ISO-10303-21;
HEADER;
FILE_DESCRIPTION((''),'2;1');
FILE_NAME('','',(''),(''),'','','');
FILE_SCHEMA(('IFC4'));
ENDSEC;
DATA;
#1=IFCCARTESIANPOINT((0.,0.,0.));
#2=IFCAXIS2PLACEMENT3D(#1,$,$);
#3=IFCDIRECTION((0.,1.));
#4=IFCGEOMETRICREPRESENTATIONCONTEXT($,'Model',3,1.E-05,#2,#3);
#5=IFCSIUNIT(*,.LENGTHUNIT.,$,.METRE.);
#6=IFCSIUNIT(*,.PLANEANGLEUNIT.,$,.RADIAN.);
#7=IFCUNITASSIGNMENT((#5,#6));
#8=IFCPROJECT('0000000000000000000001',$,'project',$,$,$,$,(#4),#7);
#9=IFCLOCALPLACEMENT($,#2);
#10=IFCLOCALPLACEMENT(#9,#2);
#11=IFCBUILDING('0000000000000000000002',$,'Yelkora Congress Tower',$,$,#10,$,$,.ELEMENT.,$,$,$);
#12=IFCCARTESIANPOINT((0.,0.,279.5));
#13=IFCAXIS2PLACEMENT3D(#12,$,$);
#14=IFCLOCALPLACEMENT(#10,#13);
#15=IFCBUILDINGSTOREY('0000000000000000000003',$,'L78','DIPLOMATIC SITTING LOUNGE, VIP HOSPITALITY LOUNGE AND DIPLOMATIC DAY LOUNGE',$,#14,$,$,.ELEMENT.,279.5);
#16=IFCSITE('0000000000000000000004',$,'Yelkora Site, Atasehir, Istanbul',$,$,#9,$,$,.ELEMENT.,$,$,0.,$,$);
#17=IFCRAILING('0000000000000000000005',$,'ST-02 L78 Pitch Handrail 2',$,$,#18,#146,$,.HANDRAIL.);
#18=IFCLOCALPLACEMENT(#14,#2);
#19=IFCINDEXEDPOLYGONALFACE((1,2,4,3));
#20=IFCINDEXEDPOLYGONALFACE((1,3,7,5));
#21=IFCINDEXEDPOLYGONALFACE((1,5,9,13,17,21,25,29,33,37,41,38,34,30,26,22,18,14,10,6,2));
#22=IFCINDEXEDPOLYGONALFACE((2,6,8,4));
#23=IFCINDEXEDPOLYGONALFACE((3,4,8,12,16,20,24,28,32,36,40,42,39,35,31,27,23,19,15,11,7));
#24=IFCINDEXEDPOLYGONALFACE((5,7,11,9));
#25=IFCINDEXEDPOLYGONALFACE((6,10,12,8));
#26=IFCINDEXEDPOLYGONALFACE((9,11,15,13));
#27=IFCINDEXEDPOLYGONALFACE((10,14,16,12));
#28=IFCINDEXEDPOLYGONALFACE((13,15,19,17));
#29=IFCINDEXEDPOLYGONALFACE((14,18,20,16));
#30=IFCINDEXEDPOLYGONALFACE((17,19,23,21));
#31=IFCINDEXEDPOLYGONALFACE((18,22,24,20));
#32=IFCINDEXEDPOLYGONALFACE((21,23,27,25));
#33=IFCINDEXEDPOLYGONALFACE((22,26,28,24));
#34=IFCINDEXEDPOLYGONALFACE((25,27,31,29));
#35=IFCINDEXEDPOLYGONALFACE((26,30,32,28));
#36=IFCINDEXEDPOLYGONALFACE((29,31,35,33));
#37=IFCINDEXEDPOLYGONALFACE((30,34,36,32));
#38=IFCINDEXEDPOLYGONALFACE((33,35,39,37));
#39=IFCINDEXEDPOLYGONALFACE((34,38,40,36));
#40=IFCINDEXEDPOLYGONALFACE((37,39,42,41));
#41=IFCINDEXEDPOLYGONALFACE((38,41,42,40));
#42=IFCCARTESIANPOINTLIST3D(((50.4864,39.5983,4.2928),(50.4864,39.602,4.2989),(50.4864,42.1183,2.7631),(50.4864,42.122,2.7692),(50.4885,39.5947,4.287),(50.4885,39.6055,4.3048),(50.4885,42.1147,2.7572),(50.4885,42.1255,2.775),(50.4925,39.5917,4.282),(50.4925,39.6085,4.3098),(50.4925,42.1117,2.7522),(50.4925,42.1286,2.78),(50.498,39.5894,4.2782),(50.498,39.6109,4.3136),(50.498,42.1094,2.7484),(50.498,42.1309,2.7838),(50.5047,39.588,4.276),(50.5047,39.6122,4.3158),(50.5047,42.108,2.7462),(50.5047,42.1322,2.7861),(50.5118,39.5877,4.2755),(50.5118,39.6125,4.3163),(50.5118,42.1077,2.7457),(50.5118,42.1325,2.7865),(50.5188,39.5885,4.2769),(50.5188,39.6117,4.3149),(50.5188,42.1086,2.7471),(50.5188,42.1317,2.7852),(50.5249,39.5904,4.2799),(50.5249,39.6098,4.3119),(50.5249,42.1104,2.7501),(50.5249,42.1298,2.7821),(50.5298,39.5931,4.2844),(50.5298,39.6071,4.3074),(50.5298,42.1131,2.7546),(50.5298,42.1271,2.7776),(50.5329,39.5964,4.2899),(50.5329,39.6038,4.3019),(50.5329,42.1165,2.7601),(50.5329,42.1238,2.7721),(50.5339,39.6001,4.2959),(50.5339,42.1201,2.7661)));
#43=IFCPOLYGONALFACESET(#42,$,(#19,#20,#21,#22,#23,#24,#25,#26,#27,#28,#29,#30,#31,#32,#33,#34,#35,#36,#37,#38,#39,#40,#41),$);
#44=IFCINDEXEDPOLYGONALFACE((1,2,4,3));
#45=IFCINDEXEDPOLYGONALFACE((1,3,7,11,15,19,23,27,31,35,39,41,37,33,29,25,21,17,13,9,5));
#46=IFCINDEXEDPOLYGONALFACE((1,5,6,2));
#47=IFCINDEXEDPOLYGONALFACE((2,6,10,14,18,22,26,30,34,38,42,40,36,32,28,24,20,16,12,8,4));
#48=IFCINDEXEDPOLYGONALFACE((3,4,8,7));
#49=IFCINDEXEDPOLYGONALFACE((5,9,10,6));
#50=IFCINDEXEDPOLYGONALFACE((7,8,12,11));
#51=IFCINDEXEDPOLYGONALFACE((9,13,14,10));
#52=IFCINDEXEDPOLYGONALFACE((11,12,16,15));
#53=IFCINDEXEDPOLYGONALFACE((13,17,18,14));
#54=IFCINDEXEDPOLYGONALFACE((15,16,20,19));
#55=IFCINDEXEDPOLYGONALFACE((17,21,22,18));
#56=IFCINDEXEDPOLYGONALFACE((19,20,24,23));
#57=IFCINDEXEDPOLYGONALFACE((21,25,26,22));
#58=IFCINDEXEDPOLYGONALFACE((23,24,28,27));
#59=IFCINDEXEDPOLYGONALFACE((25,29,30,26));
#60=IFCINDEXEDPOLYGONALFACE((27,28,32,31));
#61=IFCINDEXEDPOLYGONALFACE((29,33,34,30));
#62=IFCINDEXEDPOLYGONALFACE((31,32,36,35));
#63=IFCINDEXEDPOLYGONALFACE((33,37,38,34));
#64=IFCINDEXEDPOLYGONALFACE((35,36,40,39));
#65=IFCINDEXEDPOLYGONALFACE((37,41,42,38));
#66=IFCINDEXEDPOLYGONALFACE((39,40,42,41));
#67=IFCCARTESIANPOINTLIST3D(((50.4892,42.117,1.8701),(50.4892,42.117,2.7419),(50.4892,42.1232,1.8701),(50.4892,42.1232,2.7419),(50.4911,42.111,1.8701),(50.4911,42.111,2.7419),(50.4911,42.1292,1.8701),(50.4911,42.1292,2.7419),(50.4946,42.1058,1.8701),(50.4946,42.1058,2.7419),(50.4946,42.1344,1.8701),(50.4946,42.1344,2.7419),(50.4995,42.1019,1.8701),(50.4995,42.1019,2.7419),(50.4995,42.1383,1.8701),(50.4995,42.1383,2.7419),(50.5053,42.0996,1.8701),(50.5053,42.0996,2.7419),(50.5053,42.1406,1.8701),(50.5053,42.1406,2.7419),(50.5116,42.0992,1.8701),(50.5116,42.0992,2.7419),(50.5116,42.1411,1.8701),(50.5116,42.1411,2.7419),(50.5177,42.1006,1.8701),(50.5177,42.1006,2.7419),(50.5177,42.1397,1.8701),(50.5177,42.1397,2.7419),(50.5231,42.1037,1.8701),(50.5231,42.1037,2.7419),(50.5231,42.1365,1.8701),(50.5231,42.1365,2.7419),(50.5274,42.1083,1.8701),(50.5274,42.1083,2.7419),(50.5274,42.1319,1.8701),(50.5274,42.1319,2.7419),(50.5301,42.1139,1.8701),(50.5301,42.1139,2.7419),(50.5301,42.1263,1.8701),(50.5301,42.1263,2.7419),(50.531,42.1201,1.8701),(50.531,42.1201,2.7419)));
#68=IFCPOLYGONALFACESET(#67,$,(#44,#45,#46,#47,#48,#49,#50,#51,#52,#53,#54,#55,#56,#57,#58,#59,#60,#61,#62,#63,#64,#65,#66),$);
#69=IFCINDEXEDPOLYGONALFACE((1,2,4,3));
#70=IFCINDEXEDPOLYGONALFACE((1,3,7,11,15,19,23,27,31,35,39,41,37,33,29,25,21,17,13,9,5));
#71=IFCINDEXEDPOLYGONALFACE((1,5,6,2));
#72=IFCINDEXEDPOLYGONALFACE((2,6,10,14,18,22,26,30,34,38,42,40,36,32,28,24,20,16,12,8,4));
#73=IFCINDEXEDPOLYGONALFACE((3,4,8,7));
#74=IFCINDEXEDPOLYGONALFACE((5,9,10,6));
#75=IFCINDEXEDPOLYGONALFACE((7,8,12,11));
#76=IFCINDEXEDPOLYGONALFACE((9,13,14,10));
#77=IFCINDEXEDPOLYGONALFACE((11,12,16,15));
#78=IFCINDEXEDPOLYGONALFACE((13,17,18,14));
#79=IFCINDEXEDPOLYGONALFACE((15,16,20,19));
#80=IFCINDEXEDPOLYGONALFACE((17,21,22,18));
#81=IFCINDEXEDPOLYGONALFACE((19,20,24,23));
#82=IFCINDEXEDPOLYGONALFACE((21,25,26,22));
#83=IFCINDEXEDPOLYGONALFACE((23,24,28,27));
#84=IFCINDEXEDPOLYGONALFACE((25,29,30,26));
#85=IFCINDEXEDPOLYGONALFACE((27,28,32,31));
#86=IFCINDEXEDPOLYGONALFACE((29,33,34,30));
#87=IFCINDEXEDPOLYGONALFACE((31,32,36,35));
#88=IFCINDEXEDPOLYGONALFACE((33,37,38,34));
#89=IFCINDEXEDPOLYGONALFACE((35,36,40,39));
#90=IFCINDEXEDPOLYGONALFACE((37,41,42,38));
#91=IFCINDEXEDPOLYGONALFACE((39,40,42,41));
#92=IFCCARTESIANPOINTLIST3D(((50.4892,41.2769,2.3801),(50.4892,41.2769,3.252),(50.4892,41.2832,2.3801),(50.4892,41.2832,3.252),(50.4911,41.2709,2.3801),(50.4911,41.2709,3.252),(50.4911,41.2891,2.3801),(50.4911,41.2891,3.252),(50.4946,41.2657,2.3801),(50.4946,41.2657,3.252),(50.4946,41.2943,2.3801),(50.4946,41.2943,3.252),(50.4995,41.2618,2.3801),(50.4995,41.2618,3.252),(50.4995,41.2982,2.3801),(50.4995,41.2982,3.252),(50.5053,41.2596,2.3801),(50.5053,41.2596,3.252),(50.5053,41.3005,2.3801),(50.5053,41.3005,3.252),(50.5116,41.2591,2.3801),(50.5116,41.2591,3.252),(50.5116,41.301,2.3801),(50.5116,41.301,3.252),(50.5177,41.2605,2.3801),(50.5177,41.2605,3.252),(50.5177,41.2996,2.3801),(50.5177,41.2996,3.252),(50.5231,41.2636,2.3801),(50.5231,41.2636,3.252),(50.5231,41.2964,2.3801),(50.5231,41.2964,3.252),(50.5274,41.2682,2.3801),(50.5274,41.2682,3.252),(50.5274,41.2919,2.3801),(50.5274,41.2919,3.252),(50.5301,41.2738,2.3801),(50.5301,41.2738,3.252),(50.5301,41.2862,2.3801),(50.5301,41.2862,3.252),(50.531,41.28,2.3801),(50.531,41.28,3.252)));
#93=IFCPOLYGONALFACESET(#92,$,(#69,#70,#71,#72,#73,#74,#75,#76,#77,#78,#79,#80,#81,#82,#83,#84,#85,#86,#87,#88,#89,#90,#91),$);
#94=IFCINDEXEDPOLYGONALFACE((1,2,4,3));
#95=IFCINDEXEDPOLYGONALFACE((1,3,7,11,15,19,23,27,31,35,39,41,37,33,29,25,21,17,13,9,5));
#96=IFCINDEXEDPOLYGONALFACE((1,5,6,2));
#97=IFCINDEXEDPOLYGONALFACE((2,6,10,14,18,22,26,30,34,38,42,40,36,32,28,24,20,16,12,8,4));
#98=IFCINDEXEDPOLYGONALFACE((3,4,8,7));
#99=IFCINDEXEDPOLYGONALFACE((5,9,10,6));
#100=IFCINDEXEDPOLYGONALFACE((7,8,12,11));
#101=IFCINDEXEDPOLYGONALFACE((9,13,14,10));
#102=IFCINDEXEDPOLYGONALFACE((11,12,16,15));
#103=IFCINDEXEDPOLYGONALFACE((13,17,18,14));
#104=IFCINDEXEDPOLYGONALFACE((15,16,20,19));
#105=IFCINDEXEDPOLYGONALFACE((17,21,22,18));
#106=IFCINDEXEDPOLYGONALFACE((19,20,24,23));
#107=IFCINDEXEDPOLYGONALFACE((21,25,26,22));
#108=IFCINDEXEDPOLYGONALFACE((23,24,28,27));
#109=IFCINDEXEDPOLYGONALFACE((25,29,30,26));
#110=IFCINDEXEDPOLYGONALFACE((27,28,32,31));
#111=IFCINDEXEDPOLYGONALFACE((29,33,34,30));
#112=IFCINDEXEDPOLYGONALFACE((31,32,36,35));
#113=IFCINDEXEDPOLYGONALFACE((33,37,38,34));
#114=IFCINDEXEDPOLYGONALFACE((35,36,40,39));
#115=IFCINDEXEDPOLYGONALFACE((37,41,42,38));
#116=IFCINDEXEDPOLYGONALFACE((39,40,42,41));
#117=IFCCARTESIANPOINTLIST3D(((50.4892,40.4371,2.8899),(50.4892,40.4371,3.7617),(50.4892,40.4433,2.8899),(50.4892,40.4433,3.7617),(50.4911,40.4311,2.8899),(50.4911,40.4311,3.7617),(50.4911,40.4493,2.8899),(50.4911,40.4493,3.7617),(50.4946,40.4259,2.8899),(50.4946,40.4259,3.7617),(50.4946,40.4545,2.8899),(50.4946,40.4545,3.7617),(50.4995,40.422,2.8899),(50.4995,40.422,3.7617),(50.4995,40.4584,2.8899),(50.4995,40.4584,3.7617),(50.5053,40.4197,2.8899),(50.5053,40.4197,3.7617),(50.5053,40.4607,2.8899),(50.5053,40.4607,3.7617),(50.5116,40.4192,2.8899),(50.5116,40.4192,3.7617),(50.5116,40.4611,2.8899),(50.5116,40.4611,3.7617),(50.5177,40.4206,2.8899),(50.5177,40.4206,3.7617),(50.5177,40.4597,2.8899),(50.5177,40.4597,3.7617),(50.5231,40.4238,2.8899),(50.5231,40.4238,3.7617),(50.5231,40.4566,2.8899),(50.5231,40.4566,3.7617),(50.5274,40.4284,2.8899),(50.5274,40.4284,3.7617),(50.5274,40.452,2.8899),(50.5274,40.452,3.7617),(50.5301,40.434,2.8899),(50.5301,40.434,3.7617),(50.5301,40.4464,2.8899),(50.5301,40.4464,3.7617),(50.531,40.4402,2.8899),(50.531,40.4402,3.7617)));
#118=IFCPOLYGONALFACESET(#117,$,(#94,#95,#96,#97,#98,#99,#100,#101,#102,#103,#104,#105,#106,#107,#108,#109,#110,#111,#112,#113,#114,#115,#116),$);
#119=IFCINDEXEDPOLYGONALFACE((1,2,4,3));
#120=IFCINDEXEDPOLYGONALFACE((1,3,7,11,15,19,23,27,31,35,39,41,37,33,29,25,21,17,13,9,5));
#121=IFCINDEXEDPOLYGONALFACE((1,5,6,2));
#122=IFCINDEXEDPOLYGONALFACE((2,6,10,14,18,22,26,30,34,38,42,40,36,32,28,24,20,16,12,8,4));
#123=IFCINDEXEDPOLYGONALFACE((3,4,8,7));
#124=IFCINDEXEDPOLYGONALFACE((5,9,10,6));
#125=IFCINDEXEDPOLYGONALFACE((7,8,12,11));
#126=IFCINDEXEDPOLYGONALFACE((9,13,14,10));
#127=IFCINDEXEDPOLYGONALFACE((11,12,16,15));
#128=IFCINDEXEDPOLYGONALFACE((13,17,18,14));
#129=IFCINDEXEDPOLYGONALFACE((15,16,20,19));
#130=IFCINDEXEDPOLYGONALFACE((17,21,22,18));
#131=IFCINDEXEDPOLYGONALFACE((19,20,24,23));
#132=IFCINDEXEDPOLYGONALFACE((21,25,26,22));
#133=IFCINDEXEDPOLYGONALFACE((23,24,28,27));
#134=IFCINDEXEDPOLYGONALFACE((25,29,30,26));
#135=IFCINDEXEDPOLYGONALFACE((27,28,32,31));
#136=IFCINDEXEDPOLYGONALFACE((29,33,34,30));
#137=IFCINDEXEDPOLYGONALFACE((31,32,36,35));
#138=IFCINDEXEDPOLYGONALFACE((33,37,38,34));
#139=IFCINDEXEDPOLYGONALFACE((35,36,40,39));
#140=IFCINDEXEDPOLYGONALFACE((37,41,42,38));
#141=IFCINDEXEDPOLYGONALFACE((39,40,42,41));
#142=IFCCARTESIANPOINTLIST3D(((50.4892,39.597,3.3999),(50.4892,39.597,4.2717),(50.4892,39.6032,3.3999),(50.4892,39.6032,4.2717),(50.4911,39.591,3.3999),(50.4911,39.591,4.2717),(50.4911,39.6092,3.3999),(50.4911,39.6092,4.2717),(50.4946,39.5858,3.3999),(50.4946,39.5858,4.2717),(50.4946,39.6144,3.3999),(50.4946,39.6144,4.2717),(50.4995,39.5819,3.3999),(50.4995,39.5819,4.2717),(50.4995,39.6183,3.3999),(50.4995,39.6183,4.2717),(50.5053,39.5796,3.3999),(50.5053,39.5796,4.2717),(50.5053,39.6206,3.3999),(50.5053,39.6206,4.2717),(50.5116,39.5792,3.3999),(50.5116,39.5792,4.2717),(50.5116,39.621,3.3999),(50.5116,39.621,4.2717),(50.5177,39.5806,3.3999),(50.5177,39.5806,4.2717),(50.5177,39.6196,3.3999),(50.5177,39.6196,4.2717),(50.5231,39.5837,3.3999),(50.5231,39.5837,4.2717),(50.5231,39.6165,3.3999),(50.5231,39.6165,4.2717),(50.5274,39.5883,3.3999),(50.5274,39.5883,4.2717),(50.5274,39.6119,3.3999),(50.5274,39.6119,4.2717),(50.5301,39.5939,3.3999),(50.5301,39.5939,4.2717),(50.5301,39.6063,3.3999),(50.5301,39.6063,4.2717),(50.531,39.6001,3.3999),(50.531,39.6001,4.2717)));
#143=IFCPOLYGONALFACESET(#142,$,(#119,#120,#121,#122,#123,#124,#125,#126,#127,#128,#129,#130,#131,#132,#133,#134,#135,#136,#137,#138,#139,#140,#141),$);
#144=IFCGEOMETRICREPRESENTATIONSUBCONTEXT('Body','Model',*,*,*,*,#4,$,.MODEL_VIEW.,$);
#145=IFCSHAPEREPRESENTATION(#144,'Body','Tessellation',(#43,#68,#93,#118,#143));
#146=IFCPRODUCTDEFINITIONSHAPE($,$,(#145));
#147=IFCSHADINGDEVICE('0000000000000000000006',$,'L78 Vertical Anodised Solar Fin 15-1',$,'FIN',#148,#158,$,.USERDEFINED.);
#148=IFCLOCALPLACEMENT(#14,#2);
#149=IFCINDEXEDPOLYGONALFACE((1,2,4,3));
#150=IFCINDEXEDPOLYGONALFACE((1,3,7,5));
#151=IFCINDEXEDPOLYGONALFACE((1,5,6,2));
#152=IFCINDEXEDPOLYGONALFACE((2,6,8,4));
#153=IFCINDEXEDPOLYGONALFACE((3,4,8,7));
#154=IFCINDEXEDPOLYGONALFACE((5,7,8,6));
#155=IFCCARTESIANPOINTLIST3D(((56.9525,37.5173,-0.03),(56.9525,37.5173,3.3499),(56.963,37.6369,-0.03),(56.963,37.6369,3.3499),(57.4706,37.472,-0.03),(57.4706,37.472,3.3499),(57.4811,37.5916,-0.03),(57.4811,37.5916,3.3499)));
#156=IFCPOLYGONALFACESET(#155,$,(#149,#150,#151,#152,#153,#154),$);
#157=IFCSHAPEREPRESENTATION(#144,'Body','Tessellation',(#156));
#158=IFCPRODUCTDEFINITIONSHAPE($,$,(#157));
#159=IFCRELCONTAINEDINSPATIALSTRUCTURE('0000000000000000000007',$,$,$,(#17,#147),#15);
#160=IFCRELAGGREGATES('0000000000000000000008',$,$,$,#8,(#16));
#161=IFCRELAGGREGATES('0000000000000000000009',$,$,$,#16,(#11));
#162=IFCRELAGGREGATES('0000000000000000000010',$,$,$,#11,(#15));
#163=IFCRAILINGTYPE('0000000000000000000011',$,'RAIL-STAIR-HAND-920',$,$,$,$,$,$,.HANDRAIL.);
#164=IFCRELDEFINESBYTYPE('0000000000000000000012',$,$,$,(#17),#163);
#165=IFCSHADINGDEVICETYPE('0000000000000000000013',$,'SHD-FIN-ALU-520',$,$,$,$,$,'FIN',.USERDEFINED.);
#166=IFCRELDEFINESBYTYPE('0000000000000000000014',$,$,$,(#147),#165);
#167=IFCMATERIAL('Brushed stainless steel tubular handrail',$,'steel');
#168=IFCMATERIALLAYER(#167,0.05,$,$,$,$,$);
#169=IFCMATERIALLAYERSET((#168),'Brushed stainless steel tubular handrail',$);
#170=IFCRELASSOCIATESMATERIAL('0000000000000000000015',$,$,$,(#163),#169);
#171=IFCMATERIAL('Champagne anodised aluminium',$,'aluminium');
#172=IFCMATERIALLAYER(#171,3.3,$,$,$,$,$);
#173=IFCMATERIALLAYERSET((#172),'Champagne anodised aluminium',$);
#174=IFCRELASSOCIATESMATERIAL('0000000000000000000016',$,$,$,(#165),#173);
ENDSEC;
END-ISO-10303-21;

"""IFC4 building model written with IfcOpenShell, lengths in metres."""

from ifc_helpers import new_model, si_unit, direction, frame, origin, origin_2d, place, context, subcontext, project, spatial, rectangle, circle, extrude, material, layer, layer_set, type_object, element, save


model = new_model("IFC4")

# Units and contexts
model_context = context("Model", 3, precision=1e-05, world=origin(), true_north=direction((0.0, 1.0)))
body_context = subcontext(model_context, "Body", "Model", "MODEL_VIEW")
ifc_project = project(units=[si_unit("LENGTHUNIT", "METRE"), si_unit("PLANEANGLEUNIT", "RADIAN")], contexts=[model_context])

# Site, building, storey
site_placement = place(None, origin())
site = spatial("IfcSite", under=ifc_project, at=site_placement, Name="Yelkora Site, Atasehir, Istanbul", CompositionType="ELEMENT", RefElevation=0.0)
building_placement = place(site_placement, origin())
building = spatial("IfcBuilding", under=site, at=building_placement, Name="Yelkora Congress Tower", CompositionType="ELEMENT")
storey_placement = place(building_placement, frame((0.0, 0.0, 279.5)))
storey = spatial("IfcBuildingStorey", under=building, at=storey_placement, Name="L78", Description="DIPLOMATIC SITTING LOUNGE, VIP HOSPITALITY LOUNGE AND DIPLOMATIC DAY LOUNGE", CompositionType="ELEMENT", Elevation=279.5)

# Railing
ifc_material_1 = material(Name="Brushed stainless steel tubular handrail", Category="steel")
ifc_layer_1 = layer(ifc_material_1, 0.05)
ifc_layer_set_1 = layer_set([ifc_layer_1], Name="Brushed stainless steel tubular handrail")
railing_type_1 = type_object("IfcRailingType", Name="RAIL-STAIR-HAND-920", PredefinedType="HANDRAIL", material=ifc_layer_set_1)
railing_1_placement = place(storey_placement, frame((50.51, 42.1201, 1.8701)))
element("IfcRailing", 1, at=railing_1_placement, inside=storey, type_object=railing_type_1, Name="ST-02 L78 Pitch Handrail 2", PredefinedType="HANDRAIL", context=body_context, shape_type="SweptSolid", body=[
    extrude(circle(Radius=0.0239, at=origin_2d()), frame((0.0, 0.0, 0.896), z_axis=(0.0, -0.854822, 0.518922), x_axis=(1.0, 0.0, 0.0)), (0.0, 0.0, 1.0), 2.948),
    extrude(circle(Radius=0.021, at=origin_2d()), origin(), (0.0, 0.0, 1.0), 0.8718),
    extrude(circle(Radius=0.021, at=origin_2d()), frame((0.0, -0.8401, 0.51)), (0.0, 0.0, 1.0), 0.8718),
    extrude(circle(Radius=0.021, at=origin_2d()), frame((0.0, -1.6799, 1.0198)), (0.0, 0.0, 1.0), 0.8718),
    extrude(circle(Radius=0.021, at=origin_2d()), frame((0.0, -2.52, 1.5298)), (0.0, 0.0, 1.0), 0.8718),
])

# Shading device
ifc_material_2 = material(Name="Champagne anodised aluminium", Category="aluminium")
ifc_layer_2 = layer(ifc_material_2, 3.3)
ifc_layer_set_2 = layer_set([ifc_layer_2], Name="Champagne anodised aluminium")
shading_device_type = type_object("IfcShadingDeviceType", Name="SHD-FIN-ALU-520", ElementType="FIN", PredefinedType="USERDEFINED", material=ifc_layer_set_2)
shading_device_placement = place(storey_placement, frame((57.2168, 37.5544, -0.03), z_axis=(0.0, 0.0, 1.0), x_axis=(-0.087156, -0.996195, 0.0)))
element("IfcShadingDevice", 2, at=shading_device_placement, inside=storey, type_object=shading_device_type, Name="L78 Vertical Anodised Solar Fin 15-1", ObjectType="FIN", PredefinedType="USERDEFINED", context=body_context, shape_type="SweptSolid", body=[
    extrude(rectangle(XDim=0.1201, YDim=0.52, at=origin_2d()), origin(), (0.0, 0.0, 1.0), 3.3799),
])

save(model, "model.ifc")
